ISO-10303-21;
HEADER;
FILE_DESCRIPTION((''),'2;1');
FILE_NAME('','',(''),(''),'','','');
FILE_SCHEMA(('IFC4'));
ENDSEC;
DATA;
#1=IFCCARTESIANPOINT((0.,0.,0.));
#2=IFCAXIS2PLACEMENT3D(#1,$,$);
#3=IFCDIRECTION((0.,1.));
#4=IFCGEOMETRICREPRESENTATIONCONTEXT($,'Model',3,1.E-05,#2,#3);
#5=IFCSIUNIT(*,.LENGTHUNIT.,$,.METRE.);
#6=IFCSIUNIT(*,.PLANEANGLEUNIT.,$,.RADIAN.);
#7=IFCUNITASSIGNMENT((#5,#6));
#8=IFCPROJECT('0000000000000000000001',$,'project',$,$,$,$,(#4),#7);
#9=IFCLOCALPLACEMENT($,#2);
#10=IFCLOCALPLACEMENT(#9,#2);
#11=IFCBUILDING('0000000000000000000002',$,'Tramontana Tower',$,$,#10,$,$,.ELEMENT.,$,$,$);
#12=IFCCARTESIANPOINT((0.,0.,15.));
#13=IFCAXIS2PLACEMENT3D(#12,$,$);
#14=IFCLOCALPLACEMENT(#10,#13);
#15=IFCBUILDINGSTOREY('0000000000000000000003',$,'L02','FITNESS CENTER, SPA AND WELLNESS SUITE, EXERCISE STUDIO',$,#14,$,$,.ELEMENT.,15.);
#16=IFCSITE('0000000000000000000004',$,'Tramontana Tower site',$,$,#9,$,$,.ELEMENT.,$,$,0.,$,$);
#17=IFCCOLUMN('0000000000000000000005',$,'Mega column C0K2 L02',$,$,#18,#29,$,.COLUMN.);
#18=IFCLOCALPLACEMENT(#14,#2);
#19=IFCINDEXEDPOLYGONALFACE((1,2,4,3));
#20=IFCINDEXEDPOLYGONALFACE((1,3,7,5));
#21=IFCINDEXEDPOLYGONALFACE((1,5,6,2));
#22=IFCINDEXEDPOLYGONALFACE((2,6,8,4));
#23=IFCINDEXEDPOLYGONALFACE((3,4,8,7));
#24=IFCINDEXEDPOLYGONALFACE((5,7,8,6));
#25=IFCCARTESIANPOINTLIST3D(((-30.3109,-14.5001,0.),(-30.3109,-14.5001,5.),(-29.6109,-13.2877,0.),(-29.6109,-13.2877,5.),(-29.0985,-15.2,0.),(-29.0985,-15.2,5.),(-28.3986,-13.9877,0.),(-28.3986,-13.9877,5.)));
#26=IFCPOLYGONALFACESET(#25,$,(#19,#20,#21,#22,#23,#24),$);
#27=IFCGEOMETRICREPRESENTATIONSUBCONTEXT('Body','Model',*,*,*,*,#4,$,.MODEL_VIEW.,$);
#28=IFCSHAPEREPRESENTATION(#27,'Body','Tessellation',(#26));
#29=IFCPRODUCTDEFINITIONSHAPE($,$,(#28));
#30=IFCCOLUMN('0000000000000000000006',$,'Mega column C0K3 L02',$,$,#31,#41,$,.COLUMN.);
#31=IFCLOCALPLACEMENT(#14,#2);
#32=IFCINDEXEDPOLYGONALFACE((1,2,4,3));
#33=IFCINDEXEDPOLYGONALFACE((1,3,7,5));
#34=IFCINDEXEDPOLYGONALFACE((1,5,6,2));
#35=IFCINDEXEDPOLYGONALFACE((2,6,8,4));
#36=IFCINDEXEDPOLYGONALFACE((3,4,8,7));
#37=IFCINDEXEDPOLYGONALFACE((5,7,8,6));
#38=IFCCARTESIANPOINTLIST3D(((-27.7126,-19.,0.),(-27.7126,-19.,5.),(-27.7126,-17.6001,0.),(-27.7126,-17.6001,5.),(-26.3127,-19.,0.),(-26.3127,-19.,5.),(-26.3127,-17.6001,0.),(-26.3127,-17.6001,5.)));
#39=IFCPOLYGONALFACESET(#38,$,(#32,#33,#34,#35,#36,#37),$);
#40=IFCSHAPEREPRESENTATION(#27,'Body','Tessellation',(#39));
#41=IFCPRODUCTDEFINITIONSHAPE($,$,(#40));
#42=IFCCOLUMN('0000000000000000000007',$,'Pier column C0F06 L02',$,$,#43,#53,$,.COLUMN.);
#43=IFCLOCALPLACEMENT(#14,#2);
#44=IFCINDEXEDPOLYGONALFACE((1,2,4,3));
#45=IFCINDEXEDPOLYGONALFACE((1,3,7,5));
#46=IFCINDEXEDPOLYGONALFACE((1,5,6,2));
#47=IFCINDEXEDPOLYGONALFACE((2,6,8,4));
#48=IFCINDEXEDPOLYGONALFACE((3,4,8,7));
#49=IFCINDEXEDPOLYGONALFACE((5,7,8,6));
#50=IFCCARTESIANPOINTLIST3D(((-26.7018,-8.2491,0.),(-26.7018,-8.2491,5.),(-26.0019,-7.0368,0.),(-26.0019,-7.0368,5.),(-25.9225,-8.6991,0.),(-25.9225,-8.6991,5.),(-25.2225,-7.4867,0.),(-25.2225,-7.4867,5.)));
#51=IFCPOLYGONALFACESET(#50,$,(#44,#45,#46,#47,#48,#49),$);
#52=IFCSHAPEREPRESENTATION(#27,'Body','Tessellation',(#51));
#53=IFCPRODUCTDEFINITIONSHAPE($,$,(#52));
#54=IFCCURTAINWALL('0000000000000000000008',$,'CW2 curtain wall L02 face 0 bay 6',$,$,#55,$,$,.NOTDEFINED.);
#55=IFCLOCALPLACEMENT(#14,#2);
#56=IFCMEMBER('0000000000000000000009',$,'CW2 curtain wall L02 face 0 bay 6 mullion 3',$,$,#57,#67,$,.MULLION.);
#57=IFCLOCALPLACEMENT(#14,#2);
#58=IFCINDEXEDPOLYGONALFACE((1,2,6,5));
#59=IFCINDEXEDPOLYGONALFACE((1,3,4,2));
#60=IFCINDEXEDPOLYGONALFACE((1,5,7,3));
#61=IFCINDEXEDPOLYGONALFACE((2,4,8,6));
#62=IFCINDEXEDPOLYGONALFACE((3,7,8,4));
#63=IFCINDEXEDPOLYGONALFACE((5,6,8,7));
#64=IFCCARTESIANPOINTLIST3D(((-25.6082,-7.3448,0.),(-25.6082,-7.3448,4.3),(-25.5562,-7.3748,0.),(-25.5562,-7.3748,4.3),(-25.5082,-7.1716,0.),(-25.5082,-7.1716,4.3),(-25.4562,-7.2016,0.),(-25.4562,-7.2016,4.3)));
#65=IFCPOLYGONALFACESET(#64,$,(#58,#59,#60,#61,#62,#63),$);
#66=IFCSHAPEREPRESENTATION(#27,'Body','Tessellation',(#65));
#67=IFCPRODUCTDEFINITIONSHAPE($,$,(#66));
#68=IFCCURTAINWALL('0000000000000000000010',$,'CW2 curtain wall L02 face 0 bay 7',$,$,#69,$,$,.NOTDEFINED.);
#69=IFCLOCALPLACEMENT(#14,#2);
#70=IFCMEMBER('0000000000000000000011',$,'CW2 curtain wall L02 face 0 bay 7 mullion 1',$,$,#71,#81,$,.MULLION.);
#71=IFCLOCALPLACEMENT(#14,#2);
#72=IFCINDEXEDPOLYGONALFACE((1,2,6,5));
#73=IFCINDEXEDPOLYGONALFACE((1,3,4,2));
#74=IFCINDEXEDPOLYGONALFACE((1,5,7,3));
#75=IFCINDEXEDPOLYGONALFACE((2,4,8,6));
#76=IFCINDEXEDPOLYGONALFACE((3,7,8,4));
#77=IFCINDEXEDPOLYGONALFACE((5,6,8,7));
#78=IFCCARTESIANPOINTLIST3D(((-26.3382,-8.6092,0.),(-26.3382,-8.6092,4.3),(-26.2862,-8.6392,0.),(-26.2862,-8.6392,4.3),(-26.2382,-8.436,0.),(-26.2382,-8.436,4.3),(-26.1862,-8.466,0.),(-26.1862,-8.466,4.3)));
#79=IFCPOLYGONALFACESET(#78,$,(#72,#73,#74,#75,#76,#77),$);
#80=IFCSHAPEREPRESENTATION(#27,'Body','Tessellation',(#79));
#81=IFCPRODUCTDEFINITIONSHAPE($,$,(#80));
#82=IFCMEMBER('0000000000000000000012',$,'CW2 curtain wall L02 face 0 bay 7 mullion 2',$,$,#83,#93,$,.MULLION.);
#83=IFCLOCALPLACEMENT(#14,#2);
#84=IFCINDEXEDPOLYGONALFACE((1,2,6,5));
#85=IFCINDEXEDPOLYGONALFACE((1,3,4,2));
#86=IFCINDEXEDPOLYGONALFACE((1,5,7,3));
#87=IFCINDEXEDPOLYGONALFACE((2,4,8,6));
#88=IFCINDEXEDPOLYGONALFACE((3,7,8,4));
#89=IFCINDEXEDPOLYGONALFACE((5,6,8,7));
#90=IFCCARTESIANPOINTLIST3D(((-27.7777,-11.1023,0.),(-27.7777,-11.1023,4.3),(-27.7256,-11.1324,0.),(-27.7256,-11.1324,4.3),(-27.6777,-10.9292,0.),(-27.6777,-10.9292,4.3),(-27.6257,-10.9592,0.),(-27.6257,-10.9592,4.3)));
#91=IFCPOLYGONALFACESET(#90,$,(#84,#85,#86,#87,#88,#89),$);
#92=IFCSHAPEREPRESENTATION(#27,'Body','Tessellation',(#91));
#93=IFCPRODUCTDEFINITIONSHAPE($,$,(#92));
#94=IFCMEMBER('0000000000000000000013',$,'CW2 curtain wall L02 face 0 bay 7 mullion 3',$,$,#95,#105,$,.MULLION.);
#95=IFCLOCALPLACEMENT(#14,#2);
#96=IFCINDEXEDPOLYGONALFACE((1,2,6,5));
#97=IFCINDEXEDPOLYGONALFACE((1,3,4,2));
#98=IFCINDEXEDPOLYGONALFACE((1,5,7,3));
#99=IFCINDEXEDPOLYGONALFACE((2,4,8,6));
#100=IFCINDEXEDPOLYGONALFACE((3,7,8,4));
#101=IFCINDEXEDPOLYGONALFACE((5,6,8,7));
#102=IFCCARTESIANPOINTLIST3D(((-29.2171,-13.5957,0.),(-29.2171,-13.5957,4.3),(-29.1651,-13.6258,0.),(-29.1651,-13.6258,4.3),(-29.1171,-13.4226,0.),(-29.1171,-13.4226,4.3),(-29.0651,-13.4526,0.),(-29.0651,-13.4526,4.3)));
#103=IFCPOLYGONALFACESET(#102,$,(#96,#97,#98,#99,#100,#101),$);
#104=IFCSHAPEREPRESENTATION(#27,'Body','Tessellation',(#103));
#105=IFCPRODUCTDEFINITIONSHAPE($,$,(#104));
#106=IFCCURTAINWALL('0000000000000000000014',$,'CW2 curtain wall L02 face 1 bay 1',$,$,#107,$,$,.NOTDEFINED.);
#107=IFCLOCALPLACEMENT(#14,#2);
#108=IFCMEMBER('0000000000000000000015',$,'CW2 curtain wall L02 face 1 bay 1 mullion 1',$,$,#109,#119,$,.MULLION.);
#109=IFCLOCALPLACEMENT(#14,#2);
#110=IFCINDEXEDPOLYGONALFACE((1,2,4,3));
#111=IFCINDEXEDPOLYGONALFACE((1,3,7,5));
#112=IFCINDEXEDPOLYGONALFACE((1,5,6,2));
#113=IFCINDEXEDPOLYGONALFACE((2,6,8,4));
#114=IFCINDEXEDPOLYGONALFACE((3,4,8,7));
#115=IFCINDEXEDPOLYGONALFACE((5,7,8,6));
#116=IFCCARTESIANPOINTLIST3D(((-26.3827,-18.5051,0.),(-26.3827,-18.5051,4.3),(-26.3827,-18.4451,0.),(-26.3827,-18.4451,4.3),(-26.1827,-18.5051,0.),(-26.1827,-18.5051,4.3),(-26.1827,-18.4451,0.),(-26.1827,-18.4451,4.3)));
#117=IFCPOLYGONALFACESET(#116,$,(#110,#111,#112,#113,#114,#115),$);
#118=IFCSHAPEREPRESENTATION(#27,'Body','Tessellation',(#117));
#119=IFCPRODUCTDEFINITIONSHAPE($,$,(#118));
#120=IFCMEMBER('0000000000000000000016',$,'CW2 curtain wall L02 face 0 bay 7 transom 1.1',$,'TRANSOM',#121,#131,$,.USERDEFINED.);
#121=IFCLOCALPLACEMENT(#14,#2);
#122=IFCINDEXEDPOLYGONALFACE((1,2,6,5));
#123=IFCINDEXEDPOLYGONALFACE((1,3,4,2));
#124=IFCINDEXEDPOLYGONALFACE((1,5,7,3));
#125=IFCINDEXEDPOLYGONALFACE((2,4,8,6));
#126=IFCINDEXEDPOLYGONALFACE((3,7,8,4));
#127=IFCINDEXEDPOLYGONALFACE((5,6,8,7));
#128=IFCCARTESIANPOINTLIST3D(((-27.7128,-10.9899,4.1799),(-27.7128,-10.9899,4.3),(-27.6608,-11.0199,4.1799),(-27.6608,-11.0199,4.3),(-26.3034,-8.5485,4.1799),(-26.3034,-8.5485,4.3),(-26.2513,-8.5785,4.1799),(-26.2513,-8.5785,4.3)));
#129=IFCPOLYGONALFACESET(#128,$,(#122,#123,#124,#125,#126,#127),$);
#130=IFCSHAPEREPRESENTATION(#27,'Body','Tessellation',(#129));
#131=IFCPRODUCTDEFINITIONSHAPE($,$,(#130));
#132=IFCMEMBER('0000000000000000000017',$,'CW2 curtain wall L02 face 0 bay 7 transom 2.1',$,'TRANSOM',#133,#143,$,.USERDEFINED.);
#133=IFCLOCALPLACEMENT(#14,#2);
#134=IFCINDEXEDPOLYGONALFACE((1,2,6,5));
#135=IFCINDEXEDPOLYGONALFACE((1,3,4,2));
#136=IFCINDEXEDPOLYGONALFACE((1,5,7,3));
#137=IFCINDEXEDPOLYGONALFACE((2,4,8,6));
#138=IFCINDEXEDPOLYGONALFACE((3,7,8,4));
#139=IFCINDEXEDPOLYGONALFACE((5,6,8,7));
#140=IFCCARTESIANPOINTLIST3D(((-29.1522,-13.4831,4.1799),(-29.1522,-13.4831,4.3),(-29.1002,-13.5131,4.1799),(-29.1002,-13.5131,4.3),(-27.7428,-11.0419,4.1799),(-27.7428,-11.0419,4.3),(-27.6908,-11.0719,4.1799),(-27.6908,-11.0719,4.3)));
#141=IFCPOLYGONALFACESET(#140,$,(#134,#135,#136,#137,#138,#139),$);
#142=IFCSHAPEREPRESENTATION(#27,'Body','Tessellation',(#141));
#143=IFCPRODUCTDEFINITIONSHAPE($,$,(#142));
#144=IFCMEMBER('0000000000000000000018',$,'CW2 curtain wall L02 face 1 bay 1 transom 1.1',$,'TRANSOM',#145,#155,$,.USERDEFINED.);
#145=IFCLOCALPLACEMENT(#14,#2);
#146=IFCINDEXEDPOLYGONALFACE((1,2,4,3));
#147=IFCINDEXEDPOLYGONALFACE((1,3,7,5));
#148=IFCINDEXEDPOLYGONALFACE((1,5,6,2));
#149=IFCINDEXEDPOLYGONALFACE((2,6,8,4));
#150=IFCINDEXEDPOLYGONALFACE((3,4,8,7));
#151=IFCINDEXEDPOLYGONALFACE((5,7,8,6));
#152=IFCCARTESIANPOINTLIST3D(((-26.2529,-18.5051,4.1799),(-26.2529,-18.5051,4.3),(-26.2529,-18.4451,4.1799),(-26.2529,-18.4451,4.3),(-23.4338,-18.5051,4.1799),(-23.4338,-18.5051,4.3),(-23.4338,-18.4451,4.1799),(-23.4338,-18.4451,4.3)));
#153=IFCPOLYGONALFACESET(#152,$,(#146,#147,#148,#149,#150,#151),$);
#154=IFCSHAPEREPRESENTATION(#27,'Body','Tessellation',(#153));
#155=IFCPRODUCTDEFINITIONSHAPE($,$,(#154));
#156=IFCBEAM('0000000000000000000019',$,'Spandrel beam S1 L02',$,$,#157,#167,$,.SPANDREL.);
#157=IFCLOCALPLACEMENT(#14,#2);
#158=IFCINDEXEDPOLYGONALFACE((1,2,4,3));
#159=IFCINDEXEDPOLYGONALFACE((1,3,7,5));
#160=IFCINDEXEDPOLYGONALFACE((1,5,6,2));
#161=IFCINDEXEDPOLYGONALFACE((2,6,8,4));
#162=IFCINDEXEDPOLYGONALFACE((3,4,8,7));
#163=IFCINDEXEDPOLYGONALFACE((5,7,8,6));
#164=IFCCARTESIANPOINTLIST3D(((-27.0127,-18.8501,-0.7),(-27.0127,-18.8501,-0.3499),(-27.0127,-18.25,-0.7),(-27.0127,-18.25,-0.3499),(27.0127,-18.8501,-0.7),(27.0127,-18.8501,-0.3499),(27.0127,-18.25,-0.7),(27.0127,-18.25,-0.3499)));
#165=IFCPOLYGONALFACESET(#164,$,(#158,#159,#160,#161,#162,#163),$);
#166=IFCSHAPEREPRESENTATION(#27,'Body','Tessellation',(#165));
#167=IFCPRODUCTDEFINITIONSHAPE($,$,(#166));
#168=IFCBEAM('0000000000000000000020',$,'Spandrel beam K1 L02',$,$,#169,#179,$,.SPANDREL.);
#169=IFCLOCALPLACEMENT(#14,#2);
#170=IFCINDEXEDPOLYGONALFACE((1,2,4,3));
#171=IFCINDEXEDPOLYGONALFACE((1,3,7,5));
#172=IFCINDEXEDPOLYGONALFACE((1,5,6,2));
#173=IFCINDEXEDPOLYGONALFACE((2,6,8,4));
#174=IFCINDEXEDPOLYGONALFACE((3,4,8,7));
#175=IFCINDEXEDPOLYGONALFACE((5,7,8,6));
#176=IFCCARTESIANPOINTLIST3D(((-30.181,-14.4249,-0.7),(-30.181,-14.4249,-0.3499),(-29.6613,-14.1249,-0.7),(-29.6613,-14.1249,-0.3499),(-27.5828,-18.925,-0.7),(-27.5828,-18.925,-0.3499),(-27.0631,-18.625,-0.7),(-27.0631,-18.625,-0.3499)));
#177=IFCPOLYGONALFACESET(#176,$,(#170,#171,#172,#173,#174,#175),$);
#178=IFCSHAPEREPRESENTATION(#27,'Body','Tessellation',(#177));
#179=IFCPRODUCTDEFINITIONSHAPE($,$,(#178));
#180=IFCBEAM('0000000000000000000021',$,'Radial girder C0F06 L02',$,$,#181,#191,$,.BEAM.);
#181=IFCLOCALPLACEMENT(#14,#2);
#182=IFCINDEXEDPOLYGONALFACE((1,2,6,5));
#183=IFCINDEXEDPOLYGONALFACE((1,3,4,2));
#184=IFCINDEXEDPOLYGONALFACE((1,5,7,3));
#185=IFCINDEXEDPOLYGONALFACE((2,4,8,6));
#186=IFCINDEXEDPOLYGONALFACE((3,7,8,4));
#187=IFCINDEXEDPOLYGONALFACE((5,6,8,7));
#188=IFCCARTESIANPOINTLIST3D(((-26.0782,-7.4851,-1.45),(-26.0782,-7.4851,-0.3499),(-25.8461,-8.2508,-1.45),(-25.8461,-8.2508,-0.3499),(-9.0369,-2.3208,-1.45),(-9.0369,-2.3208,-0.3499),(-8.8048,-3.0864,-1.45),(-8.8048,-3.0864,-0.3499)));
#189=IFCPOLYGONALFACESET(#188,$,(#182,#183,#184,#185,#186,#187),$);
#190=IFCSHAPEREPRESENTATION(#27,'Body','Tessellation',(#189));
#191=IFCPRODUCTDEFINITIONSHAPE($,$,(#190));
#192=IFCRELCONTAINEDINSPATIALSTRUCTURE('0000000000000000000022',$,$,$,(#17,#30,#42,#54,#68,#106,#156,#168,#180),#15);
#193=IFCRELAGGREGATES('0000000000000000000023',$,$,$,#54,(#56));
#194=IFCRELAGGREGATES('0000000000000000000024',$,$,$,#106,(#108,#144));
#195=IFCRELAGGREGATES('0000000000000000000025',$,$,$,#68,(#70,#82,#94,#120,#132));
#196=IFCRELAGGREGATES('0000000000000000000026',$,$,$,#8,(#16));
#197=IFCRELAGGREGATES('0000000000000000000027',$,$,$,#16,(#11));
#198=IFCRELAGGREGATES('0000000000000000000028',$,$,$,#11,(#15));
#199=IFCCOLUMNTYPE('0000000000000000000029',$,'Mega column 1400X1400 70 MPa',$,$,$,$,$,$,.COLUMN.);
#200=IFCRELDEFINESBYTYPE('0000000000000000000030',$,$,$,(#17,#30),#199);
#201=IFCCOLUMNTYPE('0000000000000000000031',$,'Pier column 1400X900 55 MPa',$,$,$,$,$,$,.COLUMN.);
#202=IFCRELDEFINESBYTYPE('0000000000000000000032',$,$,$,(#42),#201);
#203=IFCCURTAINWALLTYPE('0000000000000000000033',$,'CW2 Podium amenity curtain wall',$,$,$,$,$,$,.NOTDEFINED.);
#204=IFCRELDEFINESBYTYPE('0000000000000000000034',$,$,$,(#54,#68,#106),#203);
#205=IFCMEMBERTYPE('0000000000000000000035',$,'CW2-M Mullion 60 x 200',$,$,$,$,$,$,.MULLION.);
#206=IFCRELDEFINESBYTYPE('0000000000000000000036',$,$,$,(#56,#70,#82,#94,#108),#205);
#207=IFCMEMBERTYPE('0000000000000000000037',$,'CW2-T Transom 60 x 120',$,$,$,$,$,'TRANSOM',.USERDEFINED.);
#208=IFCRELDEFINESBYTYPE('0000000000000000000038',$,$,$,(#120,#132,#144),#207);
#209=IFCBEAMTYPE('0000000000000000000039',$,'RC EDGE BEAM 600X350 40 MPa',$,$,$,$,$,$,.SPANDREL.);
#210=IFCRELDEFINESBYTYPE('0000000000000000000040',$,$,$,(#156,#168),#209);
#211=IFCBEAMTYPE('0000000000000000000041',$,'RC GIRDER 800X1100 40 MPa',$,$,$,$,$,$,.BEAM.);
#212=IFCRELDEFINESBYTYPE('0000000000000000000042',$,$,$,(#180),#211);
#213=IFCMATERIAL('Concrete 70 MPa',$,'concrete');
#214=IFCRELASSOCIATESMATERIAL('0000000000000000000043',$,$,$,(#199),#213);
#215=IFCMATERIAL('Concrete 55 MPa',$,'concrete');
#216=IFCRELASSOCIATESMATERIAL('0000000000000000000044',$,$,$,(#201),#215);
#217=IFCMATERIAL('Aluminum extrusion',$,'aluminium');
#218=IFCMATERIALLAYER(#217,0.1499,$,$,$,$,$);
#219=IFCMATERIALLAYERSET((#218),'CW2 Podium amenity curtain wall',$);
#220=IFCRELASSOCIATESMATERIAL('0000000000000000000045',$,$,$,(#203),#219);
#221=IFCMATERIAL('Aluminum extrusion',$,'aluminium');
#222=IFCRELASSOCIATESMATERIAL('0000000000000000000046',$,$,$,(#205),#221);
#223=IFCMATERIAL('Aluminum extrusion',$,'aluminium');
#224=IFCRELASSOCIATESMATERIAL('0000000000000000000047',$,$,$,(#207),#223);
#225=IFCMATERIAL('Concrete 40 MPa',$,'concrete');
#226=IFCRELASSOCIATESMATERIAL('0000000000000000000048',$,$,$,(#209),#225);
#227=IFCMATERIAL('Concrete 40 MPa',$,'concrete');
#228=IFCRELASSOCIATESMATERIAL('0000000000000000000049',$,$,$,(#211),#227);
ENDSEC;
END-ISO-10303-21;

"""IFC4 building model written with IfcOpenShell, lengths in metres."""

from ifc_helpers import new_model, si_unit, direction, frame, origin, origin_2d, place, context, subcontext, project, spatial, rectangle, extrude, material, layer, layer_set, material_profile, profile_set, type_object, element, aggregate, save


model = new_model("IFC4")

# Units and contexts
model_context = context("Model", 3, precision=1e-05, world=origin(), true_north=direction((0.0, 1.0)))
body_context = subcontext(model_context, "Body", "Model", "MODEL_VIEW")
ifc_project = project(units=[si_unit("LENGTHUNIT", "METRE"), si_unit("PLANEANGLEUNIT", "RADIAN")], contexts=[model_context])

# Site, building, storey
site_placement = place(None, origin())
site = spatial("IfcSite", under=ifc_project, at=site_placement, Name="Tramontana Tower site", CompositionType="ELEMENT", RefElevation=0.0)
building_placement = place(site_placement, origin())
building = spatial("IfcBuilding", under=site, at=building_placement, Name="Tramontana Tower", CompositionType="ELEMENT")
storey_placement = place(building_placement, frame((0.0, 0.0, 15.0)))
storey = spatial("IfcBuildingStorey", under=building, at=storey_placement, Name="L02", Description="FITNESS CENTER, SPA AND WELLNESS SUITE, EXERCISE STUDIO", CompositionType="ELEMENT", Elevation=15.0)

# Columns
ifc_material_1 = material(Name="Concrete 70 MPa", Category="concrete")
ifc_material_profile_1 = material_profile(ifc_material_1, rectangle(XDim=1.3999, YDim=1.3999, at=origin_2d()), Name="Mega column 1400X1400 70 MPa")
ifc_profile_set_1 = profile_set([ifc_material_profile_1], Name="Concrete 70 MPa")
column_type_1 = type_object("IfcColumnType", Name="Mega column 1400X1400 70 MPa", PredefinedType="COLUMN", material=ifc_profile_set_1)
for number, where, z_axis, x_axis, name in (
    (1, (-29.3547, -14.2439, 0.0), (0.0, 0.0, 1.0), (-0.5, -0.866025, 0.0), "Mega column C0K2 L02"),
    (2, (-27.0127, -18.3, 0.0), (0.0, 0.0, 1.0), (1.0, 0.0, 0.0), "Mega column C0K3 L02"),
):
    element("IfcColumn", number, at=place(storey_placement, frame(where, z_axis=z_axis, x_axis=x_axis)), inside=storey, type_object=column_type_1, Name=name, PredefinedType="COLUMN", context=body_context, shape_type="SweptSolid", body=[
        extrude(rectangle(XDim=1.3999, YDim=1.3999, at=origin_2d()), origin(), (0.0, 0.0, 1.0), 5.0),
    ])
ifc_material_2 = material(Name="Concrete 55 MPa", Category="concrete")
ifc_material_profile_2 = material_profile(ifc_material_2, rectangle(XDim=1.3999, YDim=0.8999, at=origin_2d()), Name="Pier column 1400X900 55 MPa")
ifc_profile_set_2 = profile_set([ifc_material_profile_2], Name="Concrete 55 MPa")
column_type_2 = type_object("IfcColumnType", Name="Pier column 1400X900 55 MPa", PredefinedType="COLUMN", material=ifc_profile_set_2)
column_placement = place(storey_placement, frame((-25.9622, -7.8679, 0.0), z_axis=(0.0, 0.0, 1.0), x_axis=(-0.5, -0.866025, 0.0)))
element("IfcColumn", 3, at=column_placement, inside=storey, type_object=column_type_2, Name="Pier column C0F06 L02", PredefinedType="COLUMN", context=body_context, shape_type="SweptSolid", body=[
    extrude(rectangle(XDim=1.3999, YDim=0.8999, at=origin_2d()), origin(), (0.0, 0.0, 1.0), 5.0),
])

# Curtain wall, member
ifc_material_3 = material(Name="Aluminum extrusion", Category="aluminium")
ifc_layer_1 = layer(ifc_material_3, 0.1499)
ifc_layer_set_1 = layer_set([ifc_layer_1], Name="CW2 Podium amenity curtain wall")
curtain_wall_type = type_object("IfcCurtainWallType", Name="CW2 Podium amenity curtain wall", PredefinedType="NOTDEFINED", material=ifc_layer_set_1)
curtain_wall_1_placement = place(storey_placement, origin())
curtain_wall_1 = element("IfcCurtainWall", 4, at=curtain_wall_1_placement, inside=storey, type_object=curtain_wall_type, Name="CW2 curtain wall L02 face 0 bay 6", PredefinedType="NOTDEFINED")
ifc_material_4 = material(Name="Aluminum extrusion", Category="aluminium")
ifc_material_profile_3 = material_profile(ifc_material_4, rectangle(XDim=0.0601, YDim=0.2, at=origin_2d()), Name="CW2-M Mullion 60 x 200")
ifc_profile_set_3 = profile_set([ifc_material_profile_3], Name="Aluminum extrusion")
member_type_1 = type_object("IfcMemberType", Name="CW2-M Mullion 60 x 200", PredefinedType="MULLION", material=ifc_profile_set_3)
member_1_placement = place(storey_placement, frame((-25.5322, -7.2732, 0.0), z_axis=(0.0, 0.0, 1.0), x_axis=(0.866025, -0.5, 0.0)))
member_1 = element("IfcMember", 5, at=member_1_placement, type_object=member_type_1, Name="CW2 curtain wall L02 face 0 bay 6 mullion 3", PredefinedType="MULLION", context=body_context, shape_type="SweptSolid", body=[
    extrude(rectangle(XDim=0.0601, YDim=0.2, at=origin_2d()), origin(), (0.0, 0.0, 1.0), 4.3),
])
aggregate(curtain_wall_1, [member_1])

# Curtain wall, members
curtain_wall_2_placement = place(storey_placement, origin())
curtain_wall_2 = element("IfcCurtainWall", 6, at=curtain_wall_2_placement, inside=storey, type_object=curtain_wall_type, Name="CW2 curtain wall L02 face 0 bay 7", PredefinedType="NOTDEFINED")
member_2_placement = place(storey_placement, frame((-26.2622, -8.5376, 0.0), z_axis=(0.0, 0.0, 1.0), x_axis=(0.866025, -0.5, 0.0)))
member_2 = element("IfcMember", 7, at=member_2_placement, type_object=member_type_1, Name="CW2 curtain wall L02 face 0 bay 7 mullion 1", PredefinedType="MULLION", context=body_context, shape_type="SweptSolid", body=[
    extrude(rectangle(XDim=0.0601, YDim=0.2, at=origin_2d()), origin(), (0.0, 0.0, 1.0), 4.3),
])
member_3_placement = place(storey_placement, frame((-27.7017, -11.0308, 0.0), z_axis=(0.0, 0.0, 1.0), x_axis=(0.866025, -0.5, 0.0)))
member_3 = element("IfcMember", 8, at=member_3_placement, type_object=member_type_1, Name="CW2 curtain wall L02 face 0 bay 7 mullion 2", PredefinedType="MULLION", context=body_context, shape_type="SweptSolid", body=[
    extrude(rectangle(XDim=0.0601, YDim=0.2, at=origin_2d()), origin(), (0.0, 0.0, 1.0), 4.3),
])
member_4_placement = place(storey_placement, frame((-29.1411, -13.5242, 0.0), z_axis=(0.0, 0.0, 1.0), x_axis=(0.866025, -0.5, 0.0)))
member_4 = element("IfcMember", 9, at=member_4_placement, type_object=member_type_1, Name="CW2 curtain wall L02 face 0 bay 7 mullion 3", PredefinedType="MULLION", context=body_context, shape_type="SweptSolid", body=[
    extrude(rectangle(XDim=0.0601, YDim=0.2, at=origin_2d()), origin(), (0.0, 0.0, 1.0), 4.3),
])

# Curtain wall, member
curtain_wall_3_placement = place(storey_placement, origin())
curtain_wall_3 = element("IfcCurtainWall", 10, at=curtain_wall_3_placement, inside=storey, type_object=curtain_wall_type, Name="CW2 curtain wall L02 face 1 bay 1", PredefinedType="NOTDEFINED")
member_5_placement = place(storey_placement, frame((-26.2827, -18.4751, 0.0), z_axis=(0.0, 0.0, 1.0), x_axis=(0.0, 1.0, 0.0)))
member_5 = element("IfcMember", 11, at=member_5_placement, type_object=member_type_1, Name="CW2 curtain wall L02 face 1 bay 1 mullion 1", PredefinedType="MULLION", context=body_context, shape_type="SweptSolid", body=[
    extrude(rectangle(XDim=0.0601, YDim=0.2, at=origin_2d()), origin(), (0.0, 0.0, 1.0), 4.3),
])

# Members
ifc_material_5 = material(Name="Aluminum extrusion", Category="aluminium")
ifc_material_profile_4 = material_profile(ifc_material_5, rectangle(XDim=0.0601, YDim=0.1201, at=origin_2d()), Name="CW2-T Transom 60 x 120")
ifc_profile_set_4 = profile_set([ifc_material_profile_4], Name="Aluminum extrusion")
member_type_2 = type_object("IfcMemberType", Name="CW2-T Transom 60 x 120", ElementType="TRANSOM", PredefinedType="USERDEFINED", material=ifc_profile_set_4)
member_6_placement = place(storey_placement, frame((-26.2773, -8.5635, 4.24), z_axis=(-0.499967, -0.866044, 0.0), x_axis=(0.866044, -0.499967, 0.0)))
member_6 = element("IfcMember", 12, at=member_6_placement, type_object=member_type_2, Name="CW2 curtain wall L02 face 0 bay 7 transom 1.1", ObjectType="TRANSOM", PredefinedType="USERDEFINED", context=body_context, shape_type="SweptSolid", body=[
    extrude(rectangle(XDim=0.0601, YDim=0.1201, at=origin_2d()), origin(), (0.0, 0.0, 1.0), 2.8191),
])
member_7_placement = place(storey_placement, frame((-27.7168, -11.0569, 4.24), z_axis=(-0.500005, -0.866023, 0.0), x_axis=(0.866023, -0.500005, 0.0)))
member_7 = element("IfcMember", 13, at=member_7_placement, type_object=member_type_2, Name="CW2 curtain wall L02 face 0 bay 7 transom 2.1", ObjectType="TRANSOM", PredefinedType="USERDEFINED", context=body_context, shape_type="SweptSolid", body=[
    extrude(rectangle(XDim=0.0601, YDim=0.1201, at=origin_2d()), origin(), (0.0, 0.0, 1.0), 2.8188),
])
member_8_placement = place(storey_placement, frame((-26.2529, -18.4751, 4.24), z_axis=(1.0, 0.0, 0.0), x_axis=(0.0, 1.0, 0.0)))
member_8 = element("IfcMember", 14, at=member_8_placement, type_object=member_type_2, Name="CW2 curtain wall L02 face 1 bay 1 transom 1.1", ObjectType="TRANSOM", PredefinedType="USERDEFINED", context=body_context, shape_type="SweptSolid", body=[
    extrude(rectangle(XDim=0.0601, YDim=0.1201, at=origin_2d()), origin(), (0.0, 0.0, 1.0), 2.8191),
])
aggregate(curtain_wall_3, [member_5, member_8])

# Beams
ifc_material_6 = material(Name="Concrete 40 MPa", Category="concrete")
ifc_material_profile_5 = material_profile(ifc_material_6, rectangle(XDim=0.6001, YDim=0.3501, at=origin_2d()), Name="RC EDGE BEAM 600X350 40 MPa")
ifc_profile_set_5 = profile_set([ifc_material_profile_5], Name="Concrete 40 MPa")
beam_type_1 = type_object("IfcBeamType", Name="RC EDGE BEAM 600X350 40 MPa", PredefinedType="SPANDREL", material=ifc_profile_set_5)
beam_1_placement = place(storey_placement, frame((-27.0127, -18.55, -0.5249), z_axis=(1.0, 0.0, 0.0), x_axis=(0.0, 1.0, 0.0)))
element("IfcBeam", 15, at=beam_1_placement, inside=storey, type_object=beam_type_1, Name="Spandrel beam S1 L02", PredefinedType="SPANDREL", context=body_context, shape_type="SweptSolid", body=[
    extrude(rectangle(XDim=0.6001, YDim=0.3501, at=origin_2d()), origin(), (0.0, 0.0, 1.0), 54.0254),
])
beam_2_placement = place(storey_placement, frame((-29.9211, -14.2749, -0.5249), z_axis=(0.50001, -0.86602, 0.0), x_axis=(0.86602, 0.50001, 0.0)))
element("IfcBeam", 16, at=beam_2_placement, inside=storey, type_object=beam_type_1, Name="Spandrel beam K1 L02", PredefinedType="SPANDREL", context=body_context, shape_type="SweptSolid", body=[
    extrude(rectangle(XDim=0.6001, YDim=0.3501, at=origin_2d()), origin(), (0.0, 0.0, 1.0), 5.1963),
])
ifc_material_7 = material(Name="Concrete 40 MPa", Category="concrete")
ifc_material_profile_6 = material_profile(ifc_material_7, rectangle(XDim=0.8, YDim=1.1001, at=origin_2d()), Name="RC GIRDER 800X1100 40 MPa")
ifc_profile_set_6 = profile_set([ifc_material_profile_6], Name="Concrete 40 MPa")
beam_type_2 = type_object("IfcBeamType", Name="RC GIRDER 800X1100 40 MPa", PredefinedType="BEAM", material=ifc_profile_set_6)
beam_3_placement = place(storey_placement, frame((-25.9622, -7.8679, -0.8999), z_axis=(0.95702, 0.290022, 0.0), x_axis=(-0.290022, 0.95702, 0.0)))
element("IfcBeam", 17, at=beam_3_placement, inside=storey, type_object=beam_type_2, Name="Radial girder C0F06 L02", PredefinedType="BEAM", context=body_context, shape_type="SweptSolid", body=[
    extrude(rectangle(XDim=0.8, YDim=1.1001, at=origin_2d()), origin(), (0.0, 0.0, 1.0), 17.8066),
])

aggregate(curtain_wall_2, [member_2, member_3, member_4, member_6, member_7])

save(model, "model.ifc")
